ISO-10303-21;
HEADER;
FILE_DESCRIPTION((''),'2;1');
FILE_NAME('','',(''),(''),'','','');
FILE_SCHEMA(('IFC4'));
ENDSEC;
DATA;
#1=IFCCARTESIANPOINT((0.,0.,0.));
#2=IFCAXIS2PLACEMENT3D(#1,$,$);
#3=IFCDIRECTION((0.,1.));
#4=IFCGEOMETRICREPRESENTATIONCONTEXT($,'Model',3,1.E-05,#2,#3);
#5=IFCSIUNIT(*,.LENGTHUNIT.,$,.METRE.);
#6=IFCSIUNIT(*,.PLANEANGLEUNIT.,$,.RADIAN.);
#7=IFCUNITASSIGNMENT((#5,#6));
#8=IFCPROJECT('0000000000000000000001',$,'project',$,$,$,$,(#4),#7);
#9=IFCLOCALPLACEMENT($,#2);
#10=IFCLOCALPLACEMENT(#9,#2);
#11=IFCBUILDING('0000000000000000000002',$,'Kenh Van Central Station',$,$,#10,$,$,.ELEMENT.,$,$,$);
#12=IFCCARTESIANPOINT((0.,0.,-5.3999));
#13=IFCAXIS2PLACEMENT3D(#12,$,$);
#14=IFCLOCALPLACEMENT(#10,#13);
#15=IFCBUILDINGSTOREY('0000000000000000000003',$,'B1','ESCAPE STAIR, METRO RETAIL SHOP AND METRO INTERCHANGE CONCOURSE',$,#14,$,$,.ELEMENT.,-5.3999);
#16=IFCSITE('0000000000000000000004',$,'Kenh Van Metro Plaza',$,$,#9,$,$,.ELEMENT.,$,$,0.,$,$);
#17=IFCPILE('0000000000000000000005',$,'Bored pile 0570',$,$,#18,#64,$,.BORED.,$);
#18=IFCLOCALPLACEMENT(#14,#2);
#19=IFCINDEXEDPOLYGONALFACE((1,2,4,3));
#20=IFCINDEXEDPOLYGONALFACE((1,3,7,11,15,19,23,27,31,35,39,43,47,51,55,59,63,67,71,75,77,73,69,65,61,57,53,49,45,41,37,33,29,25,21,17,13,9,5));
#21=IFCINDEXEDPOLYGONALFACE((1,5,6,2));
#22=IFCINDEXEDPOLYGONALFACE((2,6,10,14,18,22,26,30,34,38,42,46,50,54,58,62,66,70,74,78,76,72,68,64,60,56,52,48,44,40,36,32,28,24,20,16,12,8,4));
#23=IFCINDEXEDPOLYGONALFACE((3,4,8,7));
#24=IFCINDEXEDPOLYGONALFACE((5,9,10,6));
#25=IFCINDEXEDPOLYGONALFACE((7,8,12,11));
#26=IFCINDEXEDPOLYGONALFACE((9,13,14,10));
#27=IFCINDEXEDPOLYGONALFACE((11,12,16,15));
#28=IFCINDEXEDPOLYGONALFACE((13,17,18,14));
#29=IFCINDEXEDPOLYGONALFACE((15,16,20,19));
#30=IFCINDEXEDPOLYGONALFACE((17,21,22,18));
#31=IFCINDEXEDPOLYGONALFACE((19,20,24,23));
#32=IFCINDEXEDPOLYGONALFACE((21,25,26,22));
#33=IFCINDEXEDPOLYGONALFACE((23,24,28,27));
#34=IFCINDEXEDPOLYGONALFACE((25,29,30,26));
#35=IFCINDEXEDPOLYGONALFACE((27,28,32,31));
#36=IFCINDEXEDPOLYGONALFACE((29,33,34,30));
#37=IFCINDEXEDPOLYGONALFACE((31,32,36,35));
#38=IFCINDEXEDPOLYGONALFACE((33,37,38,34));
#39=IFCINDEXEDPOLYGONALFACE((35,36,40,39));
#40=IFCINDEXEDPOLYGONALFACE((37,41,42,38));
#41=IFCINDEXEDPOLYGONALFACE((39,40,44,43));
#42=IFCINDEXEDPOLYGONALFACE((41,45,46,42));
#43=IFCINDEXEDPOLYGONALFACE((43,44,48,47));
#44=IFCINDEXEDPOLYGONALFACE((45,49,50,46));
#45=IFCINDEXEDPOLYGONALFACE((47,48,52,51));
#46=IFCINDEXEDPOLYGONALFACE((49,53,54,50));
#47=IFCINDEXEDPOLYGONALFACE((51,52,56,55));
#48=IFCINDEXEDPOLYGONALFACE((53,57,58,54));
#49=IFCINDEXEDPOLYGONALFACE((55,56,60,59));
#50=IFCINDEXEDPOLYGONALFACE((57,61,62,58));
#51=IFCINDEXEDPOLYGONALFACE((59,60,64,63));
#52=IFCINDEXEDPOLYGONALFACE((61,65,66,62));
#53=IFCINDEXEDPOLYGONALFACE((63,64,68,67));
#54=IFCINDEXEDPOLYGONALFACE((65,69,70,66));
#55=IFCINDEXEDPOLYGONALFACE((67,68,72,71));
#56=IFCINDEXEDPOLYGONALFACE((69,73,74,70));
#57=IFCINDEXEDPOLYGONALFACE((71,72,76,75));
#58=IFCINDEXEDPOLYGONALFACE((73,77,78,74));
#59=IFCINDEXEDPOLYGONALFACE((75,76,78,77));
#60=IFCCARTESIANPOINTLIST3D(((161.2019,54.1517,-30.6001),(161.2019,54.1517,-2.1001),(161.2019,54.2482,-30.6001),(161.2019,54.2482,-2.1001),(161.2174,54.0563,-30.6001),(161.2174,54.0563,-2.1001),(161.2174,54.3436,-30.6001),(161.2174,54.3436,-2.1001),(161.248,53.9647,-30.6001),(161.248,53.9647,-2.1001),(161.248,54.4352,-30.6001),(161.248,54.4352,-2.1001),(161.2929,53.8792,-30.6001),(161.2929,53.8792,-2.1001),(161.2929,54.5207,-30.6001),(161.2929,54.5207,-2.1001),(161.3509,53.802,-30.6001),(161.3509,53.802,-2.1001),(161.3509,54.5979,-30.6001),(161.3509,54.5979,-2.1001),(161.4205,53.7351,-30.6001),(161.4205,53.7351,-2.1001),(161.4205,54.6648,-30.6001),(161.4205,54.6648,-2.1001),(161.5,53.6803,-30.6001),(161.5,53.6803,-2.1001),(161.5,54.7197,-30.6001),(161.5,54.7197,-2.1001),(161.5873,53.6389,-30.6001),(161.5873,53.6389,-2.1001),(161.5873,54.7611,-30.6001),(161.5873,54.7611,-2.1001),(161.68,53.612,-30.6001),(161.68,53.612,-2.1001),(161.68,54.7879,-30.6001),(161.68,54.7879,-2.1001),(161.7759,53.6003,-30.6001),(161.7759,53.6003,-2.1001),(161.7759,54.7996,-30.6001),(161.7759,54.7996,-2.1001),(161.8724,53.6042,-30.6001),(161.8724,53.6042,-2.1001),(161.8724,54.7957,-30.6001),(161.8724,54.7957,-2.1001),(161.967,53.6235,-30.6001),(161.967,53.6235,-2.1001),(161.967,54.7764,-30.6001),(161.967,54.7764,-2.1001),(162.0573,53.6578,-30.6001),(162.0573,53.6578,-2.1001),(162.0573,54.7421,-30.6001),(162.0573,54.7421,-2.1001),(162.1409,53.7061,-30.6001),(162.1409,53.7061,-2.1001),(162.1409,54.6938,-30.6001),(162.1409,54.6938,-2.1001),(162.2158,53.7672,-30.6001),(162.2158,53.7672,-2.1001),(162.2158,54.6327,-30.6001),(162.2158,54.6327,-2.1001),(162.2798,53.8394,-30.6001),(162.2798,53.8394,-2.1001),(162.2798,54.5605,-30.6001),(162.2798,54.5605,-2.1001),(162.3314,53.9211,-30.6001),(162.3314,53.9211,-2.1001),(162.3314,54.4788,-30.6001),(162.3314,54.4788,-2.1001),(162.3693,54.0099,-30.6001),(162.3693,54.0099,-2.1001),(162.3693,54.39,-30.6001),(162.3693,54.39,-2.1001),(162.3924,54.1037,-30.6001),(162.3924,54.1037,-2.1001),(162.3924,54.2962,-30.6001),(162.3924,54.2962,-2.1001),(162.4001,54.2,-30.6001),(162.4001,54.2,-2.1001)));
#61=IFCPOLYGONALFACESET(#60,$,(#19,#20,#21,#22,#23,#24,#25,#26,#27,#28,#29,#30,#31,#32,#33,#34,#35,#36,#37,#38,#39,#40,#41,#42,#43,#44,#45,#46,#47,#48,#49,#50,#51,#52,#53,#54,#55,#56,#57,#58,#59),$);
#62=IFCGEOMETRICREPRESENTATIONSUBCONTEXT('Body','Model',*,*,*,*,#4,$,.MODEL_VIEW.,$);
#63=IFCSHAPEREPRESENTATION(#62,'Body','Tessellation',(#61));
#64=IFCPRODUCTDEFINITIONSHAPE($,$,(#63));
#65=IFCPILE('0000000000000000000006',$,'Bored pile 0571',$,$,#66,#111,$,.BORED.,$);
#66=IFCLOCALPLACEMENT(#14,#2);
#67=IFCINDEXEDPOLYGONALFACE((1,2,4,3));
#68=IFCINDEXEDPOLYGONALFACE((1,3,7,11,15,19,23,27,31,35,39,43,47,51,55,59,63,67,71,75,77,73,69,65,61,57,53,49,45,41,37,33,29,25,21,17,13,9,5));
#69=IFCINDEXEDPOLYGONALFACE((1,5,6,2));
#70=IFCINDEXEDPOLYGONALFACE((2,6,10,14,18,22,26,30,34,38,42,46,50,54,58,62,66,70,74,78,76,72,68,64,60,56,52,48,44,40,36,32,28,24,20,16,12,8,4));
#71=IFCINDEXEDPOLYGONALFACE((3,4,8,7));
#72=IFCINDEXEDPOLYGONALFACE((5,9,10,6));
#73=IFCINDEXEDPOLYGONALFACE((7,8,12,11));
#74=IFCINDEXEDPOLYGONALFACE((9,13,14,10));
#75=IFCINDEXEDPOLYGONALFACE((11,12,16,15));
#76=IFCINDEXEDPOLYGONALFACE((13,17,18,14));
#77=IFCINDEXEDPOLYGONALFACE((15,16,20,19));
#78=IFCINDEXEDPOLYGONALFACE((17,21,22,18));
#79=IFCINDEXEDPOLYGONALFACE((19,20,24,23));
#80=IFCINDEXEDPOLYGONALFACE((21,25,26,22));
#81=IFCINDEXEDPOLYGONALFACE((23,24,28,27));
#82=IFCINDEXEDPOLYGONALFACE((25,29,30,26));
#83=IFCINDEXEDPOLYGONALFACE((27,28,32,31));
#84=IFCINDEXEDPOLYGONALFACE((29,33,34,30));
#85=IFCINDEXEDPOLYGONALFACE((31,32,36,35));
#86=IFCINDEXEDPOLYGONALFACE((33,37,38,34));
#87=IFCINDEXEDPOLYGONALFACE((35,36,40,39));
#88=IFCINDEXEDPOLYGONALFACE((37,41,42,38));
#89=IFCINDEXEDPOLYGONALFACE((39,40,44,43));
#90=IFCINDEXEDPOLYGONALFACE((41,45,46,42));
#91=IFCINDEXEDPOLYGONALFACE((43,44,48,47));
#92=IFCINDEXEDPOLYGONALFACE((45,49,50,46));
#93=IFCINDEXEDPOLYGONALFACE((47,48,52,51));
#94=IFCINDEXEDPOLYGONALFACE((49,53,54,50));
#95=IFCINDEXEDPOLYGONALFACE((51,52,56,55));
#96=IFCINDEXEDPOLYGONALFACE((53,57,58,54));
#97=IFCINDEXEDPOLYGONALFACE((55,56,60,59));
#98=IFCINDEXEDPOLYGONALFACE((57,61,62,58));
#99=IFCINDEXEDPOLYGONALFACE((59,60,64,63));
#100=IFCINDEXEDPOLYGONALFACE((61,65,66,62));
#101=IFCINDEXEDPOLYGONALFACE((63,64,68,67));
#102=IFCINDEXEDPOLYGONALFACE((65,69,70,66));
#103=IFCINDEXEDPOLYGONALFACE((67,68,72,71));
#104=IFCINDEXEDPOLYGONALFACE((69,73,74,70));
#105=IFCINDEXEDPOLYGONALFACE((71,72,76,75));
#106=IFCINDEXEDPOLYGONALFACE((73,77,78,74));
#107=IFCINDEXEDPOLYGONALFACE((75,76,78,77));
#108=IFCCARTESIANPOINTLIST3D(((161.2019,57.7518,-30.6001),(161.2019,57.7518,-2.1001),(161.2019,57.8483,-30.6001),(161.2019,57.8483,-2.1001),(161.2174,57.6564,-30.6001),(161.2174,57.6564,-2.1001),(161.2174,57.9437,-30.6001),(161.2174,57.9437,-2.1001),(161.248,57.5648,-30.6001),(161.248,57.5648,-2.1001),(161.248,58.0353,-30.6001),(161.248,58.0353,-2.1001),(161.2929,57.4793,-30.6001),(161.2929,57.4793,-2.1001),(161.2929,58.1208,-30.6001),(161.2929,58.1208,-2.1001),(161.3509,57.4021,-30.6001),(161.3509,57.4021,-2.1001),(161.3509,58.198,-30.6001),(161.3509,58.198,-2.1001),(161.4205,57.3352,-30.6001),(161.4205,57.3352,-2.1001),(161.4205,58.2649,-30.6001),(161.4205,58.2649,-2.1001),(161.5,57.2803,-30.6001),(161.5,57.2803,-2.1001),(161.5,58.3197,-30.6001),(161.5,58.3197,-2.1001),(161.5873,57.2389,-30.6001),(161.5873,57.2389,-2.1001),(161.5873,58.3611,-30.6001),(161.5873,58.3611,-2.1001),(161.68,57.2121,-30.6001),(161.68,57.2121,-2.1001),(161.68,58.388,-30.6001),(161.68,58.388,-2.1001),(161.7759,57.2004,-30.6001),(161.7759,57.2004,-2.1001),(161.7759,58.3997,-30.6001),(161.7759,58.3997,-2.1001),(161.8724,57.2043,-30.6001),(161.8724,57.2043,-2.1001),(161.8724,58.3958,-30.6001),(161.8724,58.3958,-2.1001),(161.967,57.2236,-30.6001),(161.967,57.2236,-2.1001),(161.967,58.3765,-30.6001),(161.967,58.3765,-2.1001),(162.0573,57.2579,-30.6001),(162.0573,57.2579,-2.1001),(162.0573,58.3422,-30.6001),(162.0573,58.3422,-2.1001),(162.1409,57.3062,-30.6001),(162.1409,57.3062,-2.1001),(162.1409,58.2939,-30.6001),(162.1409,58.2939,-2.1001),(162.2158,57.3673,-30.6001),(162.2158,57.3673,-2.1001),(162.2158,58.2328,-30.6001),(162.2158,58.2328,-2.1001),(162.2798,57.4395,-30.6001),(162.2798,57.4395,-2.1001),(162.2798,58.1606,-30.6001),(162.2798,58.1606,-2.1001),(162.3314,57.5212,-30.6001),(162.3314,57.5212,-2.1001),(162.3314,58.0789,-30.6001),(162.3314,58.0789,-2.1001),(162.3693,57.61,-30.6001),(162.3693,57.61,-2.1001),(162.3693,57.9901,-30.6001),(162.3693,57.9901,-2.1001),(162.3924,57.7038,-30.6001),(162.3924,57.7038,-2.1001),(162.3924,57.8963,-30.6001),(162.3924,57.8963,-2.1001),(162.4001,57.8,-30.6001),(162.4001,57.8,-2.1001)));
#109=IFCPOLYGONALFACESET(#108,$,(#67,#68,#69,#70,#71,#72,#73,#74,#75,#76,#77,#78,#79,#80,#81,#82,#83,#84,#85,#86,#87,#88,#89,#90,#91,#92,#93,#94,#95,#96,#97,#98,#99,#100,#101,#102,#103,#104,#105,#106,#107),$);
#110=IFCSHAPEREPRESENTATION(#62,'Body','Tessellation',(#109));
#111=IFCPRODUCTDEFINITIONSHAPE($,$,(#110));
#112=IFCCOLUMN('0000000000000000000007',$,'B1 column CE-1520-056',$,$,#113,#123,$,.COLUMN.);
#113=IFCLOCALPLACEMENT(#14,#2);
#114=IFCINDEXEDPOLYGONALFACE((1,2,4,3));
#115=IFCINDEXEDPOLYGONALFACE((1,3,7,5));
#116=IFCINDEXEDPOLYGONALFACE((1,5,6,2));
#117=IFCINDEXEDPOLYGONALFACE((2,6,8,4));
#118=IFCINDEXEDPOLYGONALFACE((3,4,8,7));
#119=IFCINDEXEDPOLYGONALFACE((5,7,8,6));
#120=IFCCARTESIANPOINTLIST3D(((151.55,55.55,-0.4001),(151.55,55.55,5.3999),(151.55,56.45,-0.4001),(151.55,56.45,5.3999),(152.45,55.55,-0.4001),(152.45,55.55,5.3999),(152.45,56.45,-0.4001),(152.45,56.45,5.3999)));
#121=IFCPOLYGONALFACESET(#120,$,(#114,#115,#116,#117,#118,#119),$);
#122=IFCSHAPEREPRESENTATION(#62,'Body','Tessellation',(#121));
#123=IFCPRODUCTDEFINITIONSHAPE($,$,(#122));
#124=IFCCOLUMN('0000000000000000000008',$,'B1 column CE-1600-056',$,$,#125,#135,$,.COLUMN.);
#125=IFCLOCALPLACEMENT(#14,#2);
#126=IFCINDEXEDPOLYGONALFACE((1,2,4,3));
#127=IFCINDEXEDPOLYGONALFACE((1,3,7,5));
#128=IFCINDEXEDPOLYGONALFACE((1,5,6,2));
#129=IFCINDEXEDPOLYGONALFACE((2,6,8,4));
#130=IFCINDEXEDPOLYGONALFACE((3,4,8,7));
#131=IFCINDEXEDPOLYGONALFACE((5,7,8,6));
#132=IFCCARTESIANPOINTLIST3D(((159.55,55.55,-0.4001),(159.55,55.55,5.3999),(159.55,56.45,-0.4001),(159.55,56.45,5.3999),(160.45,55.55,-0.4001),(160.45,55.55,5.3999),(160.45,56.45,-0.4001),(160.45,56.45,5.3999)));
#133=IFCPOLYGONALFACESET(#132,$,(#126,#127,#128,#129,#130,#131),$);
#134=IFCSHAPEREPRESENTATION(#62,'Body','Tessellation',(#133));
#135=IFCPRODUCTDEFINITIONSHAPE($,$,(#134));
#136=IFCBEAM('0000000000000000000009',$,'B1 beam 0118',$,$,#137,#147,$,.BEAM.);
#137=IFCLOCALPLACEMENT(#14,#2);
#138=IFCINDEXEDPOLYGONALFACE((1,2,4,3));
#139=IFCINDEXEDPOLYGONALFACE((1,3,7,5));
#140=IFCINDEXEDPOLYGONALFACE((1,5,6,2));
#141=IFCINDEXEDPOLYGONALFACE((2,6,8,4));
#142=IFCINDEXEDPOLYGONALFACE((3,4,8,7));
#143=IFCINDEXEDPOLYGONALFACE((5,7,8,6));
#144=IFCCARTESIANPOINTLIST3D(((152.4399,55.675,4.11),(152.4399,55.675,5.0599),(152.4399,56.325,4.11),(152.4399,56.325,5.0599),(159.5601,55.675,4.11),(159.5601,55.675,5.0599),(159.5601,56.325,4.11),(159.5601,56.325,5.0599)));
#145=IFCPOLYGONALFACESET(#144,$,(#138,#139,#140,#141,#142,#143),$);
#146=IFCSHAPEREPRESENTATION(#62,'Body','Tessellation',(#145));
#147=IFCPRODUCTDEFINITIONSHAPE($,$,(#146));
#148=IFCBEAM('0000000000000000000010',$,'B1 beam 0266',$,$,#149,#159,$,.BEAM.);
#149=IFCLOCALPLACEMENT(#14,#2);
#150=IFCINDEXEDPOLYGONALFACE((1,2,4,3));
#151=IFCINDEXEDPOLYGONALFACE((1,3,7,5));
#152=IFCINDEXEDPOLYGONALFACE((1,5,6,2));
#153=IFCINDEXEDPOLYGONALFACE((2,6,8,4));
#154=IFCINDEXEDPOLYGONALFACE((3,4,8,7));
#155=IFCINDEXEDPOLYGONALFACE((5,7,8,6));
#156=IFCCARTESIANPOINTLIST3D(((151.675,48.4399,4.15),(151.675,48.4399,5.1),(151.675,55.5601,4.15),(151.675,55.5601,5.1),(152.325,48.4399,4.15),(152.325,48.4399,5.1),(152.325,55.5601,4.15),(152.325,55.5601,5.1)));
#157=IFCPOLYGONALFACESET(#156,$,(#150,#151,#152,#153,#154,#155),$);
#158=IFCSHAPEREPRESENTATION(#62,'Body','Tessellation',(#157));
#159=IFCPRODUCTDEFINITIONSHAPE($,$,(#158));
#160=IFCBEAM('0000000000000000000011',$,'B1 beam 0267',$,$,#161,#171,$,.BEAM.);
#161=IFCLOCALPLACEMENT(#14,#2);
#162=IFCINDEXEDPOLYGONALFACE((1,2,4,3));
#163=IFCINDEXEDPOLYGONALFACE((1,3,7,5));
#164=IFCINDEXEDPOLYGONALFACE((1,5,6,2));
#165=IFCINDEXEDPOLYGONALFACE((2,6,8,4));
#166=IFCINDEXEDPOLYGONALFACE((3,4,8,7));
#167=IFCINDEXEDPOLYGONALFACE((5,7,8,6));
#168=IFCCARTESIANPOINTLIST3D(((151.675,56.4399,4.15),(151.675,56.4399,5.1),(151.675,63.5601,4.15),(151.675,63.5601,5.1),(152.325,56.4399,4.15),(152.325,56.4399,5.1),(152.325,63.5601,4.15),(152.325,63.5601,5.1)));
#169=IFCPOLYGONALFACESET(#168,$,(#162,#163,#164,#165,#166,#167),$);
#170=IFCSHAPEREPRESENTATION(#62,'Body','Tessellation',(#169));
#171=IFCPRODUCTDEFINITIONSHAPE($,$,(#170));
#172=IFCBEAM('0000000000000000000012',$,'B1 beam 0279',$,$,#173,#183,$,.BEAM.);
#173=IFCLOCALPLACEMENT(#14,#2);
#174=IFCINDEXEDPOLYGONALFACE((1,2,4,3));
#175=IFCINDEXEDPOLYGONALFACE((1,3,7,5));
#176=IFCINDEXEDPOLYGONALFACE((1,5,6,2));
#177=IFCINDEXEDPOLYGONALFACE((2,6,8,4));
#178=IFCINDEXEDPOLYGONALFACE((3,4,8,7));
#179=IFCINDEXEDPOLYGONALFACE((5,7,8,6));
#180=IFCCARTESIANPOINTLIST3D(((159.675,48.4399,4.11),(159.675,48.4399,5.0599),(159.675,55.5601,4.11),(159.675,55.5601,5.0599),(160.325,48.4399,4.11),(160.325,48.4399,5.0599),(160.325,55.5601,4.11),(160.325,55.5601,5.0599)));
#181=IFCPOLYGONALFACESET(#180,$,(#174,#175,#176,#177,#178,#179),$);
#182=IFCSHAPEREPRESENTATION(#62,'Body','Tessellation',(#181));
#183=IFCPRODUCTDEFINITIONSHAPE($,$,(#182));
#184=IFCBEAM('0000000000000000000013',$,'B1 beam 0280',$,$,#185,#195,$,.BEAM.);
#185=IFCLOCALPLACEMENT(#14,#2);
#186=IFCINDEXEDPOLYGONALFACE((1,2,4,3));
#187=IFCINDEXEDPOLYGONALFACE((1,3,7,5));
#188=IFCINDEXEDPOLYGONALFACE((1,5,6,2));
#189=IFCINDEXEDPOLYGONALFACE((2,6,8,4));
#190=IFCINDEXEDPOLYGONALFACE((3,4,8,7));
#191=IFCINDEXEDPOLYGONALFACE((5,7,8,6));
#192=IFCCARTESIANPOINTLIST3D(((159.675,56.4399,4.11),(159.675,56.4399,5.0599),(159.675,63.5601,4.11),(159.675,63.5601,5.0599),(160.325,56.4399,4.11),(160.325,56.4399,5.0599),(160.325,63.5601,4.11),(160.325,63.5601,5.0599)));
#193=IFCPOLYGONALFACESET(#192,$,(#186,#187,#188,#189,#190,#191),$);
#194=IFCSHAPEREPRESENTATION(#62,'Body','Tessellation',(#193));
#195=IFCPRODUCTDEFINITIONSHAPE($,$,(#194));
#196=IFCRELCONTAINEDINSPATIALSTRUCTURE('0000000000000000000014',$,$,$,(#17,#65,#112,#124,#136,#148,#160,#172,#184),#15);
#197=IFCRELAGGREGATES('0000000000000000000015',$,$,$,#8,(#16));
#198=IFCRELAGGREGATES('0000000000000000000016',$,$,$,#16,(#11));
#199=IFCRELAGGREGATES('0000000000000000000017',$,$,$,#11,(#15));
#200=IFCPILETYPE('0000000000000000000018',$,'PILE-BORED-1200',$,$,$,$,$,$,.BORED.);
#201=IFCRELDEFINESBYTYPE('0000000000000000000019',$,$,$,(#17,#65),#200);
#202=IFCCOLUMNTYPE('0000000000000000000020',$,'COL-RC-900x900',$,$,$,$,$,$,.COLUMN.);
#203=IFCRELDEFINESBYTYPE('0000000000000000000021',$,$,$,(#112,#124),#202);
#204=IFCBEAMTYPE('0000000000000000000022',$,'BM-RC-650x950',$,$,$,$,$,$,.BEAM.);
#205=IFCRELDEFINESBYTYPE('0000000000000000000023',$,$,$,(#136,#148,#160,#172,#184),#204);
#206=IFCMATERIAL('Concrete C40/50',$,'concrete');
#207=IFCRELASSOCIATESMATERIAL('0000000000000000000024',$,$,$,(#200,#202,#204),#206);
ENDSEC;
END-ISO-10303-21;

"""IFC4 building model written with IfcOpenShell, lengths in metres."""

from ifc_helpers import new_model, si_unit, direction, frame, origin, origin_2d, place, context, subcontext, project, spatial, rectangle, circle, extrude, material, material_profile, profile_set, type_object, element, save


model = new_model("IFC4")

# Units and contexts
model_context = context("Model", 3, precision=1e-05, world=origin(), true_north=direction((0.0, 1.0)))
body_context = subcontext(model_context, "Body", "Model", "MODEL_VIEW")
ifc_project = project(units=[si_unit("LENGTHUNIT", "METRE"), si_unit("PLANEANGLEUNIT", "RADIAN")], contexts=[model_context])

# Site, building, storey
site_placement = place(None, origin())
site = spatial("IfcSite", under=ifc_project, at=site_placement, Name="Kenh Van Metro Plaza", CompositionType="ELEMENT", RefElevation=0.0)
building_placement = place(site_placement, origin())
building = spatial("IfcBuilding", under=site, at=building_placement, Name="Kenh Van Central Station", CompositionType="ELEMENT")
storey_placement = place(building_placement, frame((0.0, 0.0, -5.3999)))
storey = spatial("IfcBuildingStorey", under=building, at=storey_placement, Name="B1", Description="ESCAPE STAIR, METRO RETAIL SHOP AND METRO INTERCHANGE CONCOURSE", CompositionType="ELEMENT", Elevation=-5.3999)

# Shared definitions
ifc_material_1 = material(Name="Concrete C40/50", Category="concrete")

# Piles
ifc_material_profile_1 = material_profile(ifc_material_1, circle(Radius=0.6001, at=origin_2d()), Name="PILE D1200")
ifc_profile_set_1 = profile_set([ifc_material_profile_1], Name="Concrete C40/50")
pile_type = type_object("IfcPileType", Name="PILE-BORED-1200", PredefinedType="BORED", material=ifc_profile_set_1)
for number, where, z_axis, x_axis, name in (
    (1, (161.8, 54.2, -2.1001), (0.0, 0.0, -1.0), (1.0, 0.0, 0.0), "Bored pile 0570"),
    (2, (161.8, 57.8, -2.1001), (0.0, 0.0, -1.0), (1.0, 0.0, 0.0), "Bored pile 0571"),
):
    element("IfcPile", number, at=place(storey_placement, frame(where, z_axis=z_axis, x_axis=x_axis)), inside=storey, type_object=pile_type, Name=name, PredefinedType="BORED", context=body_context, shape_type="SweptSolid", body=[
        extrude(circle(Radius=0.6001, at=origin_2d()), origin(), (0.0, 0.0, 1.0), 28.5),
    ])

# Columns
ifc_material_profile_2 = material_profile(ifc_material_1, rectangle(XDim=0.8999, YDim=0.8999, at=origin_2d()), Name="RC 900x900")
ifc_profile_set_2 = profile_set([ifc_material_profile_2], Name="Concrete C40/50")
column_type = type_object("IfcColumnType", Name="COL-RC-900x900", PredefinedType="COLUMN", material=ifc_profile_set_2)
for number, where, z_axis, x_axis, name in (
    (3, (152.0, 56.0, -0.4001), (0.0, 0.0, 1.0), (1.0, 0.0, 0.0), "B1 column CE-1520-056"),
    (4, (160.0, 56.0, -0.4001), (0.0, 0.0, 1.0), (1.0, 0.0, 0.0), "B1 column CE-1600-056"),
):
    element("IfcColumn", number, at=place(storey_placement, frame(where, z_axis=z_axis, x_axis=x_axis)), inside=storey, type_object=column_type, Name=name, PredefinedType="COLUMN", context=body_context, shape_type="SweptSolid", body=[
        extrude(rectangle(XDim=0.8999, YDim=0.8999, at=origin_2d()), origin(), (0.0, 0.0, 1.0), 5.8),
    ])

# Beams
ifc_material_profile_3 = material_profile(ifc_material_1, rectangle(XDim=0.6499, YDim=0.95, at=origin_2d()), Name="RC 650x950")
ifc_profile_set_3 = profile_set([ifc_material_profile_3], Name="Concrete C40/50")
beam_type = type_object("IfcBeamType", Name="BM-RC-650x950", PredefinedType="BEAM", material=ifc_profile_set_3)
for number, where, z_axis, x_axis, name in (
    (5, (152.4399, 56.0, 4.585), (1.0, 0.0, 0.0), (0.0, 1.0, 0.0), "B1 beam 0118"),
    (6, (152.0, 48.4399, 4.625), (0.0, 1.0, 0.0), (-1.0, 0.0, 0.0), "B1 beam 0266"),
    (7, (152.0, 56.4399, 4.625), (0.0, 1.0, 0.0), (-1.0, 0.0, 0.0), "B1 beam 0267"),
    (8, (160.0, 48.4399, 4.585), (0.0, 1.0, 0.0), (-1.0, 0.0, 0.0), "B1 beam 0279"),
    (9, (160.0, 56.4399, 4.585), (0.0, 1.0, 0.0), (-1.0, 0.0, 0.0), "B1 beam 0280"),
):
    element("IfcBeam", number, at=place(storey_placement, frame(where, z_axis=z_axis, x_axis=x_axis)), inside=storey, type_object=beam_type, Name=name, PredefinedType="BEAM", context=body_context, shape_type="SweptSolid", body=[
        extrude(rectangle(XDim=0.6499, YDim=0.95, at=origin_2d()), origin(), (0.0, 0.0, 1.0), 7.1201),
    ])

save(model, "model.ifc")
